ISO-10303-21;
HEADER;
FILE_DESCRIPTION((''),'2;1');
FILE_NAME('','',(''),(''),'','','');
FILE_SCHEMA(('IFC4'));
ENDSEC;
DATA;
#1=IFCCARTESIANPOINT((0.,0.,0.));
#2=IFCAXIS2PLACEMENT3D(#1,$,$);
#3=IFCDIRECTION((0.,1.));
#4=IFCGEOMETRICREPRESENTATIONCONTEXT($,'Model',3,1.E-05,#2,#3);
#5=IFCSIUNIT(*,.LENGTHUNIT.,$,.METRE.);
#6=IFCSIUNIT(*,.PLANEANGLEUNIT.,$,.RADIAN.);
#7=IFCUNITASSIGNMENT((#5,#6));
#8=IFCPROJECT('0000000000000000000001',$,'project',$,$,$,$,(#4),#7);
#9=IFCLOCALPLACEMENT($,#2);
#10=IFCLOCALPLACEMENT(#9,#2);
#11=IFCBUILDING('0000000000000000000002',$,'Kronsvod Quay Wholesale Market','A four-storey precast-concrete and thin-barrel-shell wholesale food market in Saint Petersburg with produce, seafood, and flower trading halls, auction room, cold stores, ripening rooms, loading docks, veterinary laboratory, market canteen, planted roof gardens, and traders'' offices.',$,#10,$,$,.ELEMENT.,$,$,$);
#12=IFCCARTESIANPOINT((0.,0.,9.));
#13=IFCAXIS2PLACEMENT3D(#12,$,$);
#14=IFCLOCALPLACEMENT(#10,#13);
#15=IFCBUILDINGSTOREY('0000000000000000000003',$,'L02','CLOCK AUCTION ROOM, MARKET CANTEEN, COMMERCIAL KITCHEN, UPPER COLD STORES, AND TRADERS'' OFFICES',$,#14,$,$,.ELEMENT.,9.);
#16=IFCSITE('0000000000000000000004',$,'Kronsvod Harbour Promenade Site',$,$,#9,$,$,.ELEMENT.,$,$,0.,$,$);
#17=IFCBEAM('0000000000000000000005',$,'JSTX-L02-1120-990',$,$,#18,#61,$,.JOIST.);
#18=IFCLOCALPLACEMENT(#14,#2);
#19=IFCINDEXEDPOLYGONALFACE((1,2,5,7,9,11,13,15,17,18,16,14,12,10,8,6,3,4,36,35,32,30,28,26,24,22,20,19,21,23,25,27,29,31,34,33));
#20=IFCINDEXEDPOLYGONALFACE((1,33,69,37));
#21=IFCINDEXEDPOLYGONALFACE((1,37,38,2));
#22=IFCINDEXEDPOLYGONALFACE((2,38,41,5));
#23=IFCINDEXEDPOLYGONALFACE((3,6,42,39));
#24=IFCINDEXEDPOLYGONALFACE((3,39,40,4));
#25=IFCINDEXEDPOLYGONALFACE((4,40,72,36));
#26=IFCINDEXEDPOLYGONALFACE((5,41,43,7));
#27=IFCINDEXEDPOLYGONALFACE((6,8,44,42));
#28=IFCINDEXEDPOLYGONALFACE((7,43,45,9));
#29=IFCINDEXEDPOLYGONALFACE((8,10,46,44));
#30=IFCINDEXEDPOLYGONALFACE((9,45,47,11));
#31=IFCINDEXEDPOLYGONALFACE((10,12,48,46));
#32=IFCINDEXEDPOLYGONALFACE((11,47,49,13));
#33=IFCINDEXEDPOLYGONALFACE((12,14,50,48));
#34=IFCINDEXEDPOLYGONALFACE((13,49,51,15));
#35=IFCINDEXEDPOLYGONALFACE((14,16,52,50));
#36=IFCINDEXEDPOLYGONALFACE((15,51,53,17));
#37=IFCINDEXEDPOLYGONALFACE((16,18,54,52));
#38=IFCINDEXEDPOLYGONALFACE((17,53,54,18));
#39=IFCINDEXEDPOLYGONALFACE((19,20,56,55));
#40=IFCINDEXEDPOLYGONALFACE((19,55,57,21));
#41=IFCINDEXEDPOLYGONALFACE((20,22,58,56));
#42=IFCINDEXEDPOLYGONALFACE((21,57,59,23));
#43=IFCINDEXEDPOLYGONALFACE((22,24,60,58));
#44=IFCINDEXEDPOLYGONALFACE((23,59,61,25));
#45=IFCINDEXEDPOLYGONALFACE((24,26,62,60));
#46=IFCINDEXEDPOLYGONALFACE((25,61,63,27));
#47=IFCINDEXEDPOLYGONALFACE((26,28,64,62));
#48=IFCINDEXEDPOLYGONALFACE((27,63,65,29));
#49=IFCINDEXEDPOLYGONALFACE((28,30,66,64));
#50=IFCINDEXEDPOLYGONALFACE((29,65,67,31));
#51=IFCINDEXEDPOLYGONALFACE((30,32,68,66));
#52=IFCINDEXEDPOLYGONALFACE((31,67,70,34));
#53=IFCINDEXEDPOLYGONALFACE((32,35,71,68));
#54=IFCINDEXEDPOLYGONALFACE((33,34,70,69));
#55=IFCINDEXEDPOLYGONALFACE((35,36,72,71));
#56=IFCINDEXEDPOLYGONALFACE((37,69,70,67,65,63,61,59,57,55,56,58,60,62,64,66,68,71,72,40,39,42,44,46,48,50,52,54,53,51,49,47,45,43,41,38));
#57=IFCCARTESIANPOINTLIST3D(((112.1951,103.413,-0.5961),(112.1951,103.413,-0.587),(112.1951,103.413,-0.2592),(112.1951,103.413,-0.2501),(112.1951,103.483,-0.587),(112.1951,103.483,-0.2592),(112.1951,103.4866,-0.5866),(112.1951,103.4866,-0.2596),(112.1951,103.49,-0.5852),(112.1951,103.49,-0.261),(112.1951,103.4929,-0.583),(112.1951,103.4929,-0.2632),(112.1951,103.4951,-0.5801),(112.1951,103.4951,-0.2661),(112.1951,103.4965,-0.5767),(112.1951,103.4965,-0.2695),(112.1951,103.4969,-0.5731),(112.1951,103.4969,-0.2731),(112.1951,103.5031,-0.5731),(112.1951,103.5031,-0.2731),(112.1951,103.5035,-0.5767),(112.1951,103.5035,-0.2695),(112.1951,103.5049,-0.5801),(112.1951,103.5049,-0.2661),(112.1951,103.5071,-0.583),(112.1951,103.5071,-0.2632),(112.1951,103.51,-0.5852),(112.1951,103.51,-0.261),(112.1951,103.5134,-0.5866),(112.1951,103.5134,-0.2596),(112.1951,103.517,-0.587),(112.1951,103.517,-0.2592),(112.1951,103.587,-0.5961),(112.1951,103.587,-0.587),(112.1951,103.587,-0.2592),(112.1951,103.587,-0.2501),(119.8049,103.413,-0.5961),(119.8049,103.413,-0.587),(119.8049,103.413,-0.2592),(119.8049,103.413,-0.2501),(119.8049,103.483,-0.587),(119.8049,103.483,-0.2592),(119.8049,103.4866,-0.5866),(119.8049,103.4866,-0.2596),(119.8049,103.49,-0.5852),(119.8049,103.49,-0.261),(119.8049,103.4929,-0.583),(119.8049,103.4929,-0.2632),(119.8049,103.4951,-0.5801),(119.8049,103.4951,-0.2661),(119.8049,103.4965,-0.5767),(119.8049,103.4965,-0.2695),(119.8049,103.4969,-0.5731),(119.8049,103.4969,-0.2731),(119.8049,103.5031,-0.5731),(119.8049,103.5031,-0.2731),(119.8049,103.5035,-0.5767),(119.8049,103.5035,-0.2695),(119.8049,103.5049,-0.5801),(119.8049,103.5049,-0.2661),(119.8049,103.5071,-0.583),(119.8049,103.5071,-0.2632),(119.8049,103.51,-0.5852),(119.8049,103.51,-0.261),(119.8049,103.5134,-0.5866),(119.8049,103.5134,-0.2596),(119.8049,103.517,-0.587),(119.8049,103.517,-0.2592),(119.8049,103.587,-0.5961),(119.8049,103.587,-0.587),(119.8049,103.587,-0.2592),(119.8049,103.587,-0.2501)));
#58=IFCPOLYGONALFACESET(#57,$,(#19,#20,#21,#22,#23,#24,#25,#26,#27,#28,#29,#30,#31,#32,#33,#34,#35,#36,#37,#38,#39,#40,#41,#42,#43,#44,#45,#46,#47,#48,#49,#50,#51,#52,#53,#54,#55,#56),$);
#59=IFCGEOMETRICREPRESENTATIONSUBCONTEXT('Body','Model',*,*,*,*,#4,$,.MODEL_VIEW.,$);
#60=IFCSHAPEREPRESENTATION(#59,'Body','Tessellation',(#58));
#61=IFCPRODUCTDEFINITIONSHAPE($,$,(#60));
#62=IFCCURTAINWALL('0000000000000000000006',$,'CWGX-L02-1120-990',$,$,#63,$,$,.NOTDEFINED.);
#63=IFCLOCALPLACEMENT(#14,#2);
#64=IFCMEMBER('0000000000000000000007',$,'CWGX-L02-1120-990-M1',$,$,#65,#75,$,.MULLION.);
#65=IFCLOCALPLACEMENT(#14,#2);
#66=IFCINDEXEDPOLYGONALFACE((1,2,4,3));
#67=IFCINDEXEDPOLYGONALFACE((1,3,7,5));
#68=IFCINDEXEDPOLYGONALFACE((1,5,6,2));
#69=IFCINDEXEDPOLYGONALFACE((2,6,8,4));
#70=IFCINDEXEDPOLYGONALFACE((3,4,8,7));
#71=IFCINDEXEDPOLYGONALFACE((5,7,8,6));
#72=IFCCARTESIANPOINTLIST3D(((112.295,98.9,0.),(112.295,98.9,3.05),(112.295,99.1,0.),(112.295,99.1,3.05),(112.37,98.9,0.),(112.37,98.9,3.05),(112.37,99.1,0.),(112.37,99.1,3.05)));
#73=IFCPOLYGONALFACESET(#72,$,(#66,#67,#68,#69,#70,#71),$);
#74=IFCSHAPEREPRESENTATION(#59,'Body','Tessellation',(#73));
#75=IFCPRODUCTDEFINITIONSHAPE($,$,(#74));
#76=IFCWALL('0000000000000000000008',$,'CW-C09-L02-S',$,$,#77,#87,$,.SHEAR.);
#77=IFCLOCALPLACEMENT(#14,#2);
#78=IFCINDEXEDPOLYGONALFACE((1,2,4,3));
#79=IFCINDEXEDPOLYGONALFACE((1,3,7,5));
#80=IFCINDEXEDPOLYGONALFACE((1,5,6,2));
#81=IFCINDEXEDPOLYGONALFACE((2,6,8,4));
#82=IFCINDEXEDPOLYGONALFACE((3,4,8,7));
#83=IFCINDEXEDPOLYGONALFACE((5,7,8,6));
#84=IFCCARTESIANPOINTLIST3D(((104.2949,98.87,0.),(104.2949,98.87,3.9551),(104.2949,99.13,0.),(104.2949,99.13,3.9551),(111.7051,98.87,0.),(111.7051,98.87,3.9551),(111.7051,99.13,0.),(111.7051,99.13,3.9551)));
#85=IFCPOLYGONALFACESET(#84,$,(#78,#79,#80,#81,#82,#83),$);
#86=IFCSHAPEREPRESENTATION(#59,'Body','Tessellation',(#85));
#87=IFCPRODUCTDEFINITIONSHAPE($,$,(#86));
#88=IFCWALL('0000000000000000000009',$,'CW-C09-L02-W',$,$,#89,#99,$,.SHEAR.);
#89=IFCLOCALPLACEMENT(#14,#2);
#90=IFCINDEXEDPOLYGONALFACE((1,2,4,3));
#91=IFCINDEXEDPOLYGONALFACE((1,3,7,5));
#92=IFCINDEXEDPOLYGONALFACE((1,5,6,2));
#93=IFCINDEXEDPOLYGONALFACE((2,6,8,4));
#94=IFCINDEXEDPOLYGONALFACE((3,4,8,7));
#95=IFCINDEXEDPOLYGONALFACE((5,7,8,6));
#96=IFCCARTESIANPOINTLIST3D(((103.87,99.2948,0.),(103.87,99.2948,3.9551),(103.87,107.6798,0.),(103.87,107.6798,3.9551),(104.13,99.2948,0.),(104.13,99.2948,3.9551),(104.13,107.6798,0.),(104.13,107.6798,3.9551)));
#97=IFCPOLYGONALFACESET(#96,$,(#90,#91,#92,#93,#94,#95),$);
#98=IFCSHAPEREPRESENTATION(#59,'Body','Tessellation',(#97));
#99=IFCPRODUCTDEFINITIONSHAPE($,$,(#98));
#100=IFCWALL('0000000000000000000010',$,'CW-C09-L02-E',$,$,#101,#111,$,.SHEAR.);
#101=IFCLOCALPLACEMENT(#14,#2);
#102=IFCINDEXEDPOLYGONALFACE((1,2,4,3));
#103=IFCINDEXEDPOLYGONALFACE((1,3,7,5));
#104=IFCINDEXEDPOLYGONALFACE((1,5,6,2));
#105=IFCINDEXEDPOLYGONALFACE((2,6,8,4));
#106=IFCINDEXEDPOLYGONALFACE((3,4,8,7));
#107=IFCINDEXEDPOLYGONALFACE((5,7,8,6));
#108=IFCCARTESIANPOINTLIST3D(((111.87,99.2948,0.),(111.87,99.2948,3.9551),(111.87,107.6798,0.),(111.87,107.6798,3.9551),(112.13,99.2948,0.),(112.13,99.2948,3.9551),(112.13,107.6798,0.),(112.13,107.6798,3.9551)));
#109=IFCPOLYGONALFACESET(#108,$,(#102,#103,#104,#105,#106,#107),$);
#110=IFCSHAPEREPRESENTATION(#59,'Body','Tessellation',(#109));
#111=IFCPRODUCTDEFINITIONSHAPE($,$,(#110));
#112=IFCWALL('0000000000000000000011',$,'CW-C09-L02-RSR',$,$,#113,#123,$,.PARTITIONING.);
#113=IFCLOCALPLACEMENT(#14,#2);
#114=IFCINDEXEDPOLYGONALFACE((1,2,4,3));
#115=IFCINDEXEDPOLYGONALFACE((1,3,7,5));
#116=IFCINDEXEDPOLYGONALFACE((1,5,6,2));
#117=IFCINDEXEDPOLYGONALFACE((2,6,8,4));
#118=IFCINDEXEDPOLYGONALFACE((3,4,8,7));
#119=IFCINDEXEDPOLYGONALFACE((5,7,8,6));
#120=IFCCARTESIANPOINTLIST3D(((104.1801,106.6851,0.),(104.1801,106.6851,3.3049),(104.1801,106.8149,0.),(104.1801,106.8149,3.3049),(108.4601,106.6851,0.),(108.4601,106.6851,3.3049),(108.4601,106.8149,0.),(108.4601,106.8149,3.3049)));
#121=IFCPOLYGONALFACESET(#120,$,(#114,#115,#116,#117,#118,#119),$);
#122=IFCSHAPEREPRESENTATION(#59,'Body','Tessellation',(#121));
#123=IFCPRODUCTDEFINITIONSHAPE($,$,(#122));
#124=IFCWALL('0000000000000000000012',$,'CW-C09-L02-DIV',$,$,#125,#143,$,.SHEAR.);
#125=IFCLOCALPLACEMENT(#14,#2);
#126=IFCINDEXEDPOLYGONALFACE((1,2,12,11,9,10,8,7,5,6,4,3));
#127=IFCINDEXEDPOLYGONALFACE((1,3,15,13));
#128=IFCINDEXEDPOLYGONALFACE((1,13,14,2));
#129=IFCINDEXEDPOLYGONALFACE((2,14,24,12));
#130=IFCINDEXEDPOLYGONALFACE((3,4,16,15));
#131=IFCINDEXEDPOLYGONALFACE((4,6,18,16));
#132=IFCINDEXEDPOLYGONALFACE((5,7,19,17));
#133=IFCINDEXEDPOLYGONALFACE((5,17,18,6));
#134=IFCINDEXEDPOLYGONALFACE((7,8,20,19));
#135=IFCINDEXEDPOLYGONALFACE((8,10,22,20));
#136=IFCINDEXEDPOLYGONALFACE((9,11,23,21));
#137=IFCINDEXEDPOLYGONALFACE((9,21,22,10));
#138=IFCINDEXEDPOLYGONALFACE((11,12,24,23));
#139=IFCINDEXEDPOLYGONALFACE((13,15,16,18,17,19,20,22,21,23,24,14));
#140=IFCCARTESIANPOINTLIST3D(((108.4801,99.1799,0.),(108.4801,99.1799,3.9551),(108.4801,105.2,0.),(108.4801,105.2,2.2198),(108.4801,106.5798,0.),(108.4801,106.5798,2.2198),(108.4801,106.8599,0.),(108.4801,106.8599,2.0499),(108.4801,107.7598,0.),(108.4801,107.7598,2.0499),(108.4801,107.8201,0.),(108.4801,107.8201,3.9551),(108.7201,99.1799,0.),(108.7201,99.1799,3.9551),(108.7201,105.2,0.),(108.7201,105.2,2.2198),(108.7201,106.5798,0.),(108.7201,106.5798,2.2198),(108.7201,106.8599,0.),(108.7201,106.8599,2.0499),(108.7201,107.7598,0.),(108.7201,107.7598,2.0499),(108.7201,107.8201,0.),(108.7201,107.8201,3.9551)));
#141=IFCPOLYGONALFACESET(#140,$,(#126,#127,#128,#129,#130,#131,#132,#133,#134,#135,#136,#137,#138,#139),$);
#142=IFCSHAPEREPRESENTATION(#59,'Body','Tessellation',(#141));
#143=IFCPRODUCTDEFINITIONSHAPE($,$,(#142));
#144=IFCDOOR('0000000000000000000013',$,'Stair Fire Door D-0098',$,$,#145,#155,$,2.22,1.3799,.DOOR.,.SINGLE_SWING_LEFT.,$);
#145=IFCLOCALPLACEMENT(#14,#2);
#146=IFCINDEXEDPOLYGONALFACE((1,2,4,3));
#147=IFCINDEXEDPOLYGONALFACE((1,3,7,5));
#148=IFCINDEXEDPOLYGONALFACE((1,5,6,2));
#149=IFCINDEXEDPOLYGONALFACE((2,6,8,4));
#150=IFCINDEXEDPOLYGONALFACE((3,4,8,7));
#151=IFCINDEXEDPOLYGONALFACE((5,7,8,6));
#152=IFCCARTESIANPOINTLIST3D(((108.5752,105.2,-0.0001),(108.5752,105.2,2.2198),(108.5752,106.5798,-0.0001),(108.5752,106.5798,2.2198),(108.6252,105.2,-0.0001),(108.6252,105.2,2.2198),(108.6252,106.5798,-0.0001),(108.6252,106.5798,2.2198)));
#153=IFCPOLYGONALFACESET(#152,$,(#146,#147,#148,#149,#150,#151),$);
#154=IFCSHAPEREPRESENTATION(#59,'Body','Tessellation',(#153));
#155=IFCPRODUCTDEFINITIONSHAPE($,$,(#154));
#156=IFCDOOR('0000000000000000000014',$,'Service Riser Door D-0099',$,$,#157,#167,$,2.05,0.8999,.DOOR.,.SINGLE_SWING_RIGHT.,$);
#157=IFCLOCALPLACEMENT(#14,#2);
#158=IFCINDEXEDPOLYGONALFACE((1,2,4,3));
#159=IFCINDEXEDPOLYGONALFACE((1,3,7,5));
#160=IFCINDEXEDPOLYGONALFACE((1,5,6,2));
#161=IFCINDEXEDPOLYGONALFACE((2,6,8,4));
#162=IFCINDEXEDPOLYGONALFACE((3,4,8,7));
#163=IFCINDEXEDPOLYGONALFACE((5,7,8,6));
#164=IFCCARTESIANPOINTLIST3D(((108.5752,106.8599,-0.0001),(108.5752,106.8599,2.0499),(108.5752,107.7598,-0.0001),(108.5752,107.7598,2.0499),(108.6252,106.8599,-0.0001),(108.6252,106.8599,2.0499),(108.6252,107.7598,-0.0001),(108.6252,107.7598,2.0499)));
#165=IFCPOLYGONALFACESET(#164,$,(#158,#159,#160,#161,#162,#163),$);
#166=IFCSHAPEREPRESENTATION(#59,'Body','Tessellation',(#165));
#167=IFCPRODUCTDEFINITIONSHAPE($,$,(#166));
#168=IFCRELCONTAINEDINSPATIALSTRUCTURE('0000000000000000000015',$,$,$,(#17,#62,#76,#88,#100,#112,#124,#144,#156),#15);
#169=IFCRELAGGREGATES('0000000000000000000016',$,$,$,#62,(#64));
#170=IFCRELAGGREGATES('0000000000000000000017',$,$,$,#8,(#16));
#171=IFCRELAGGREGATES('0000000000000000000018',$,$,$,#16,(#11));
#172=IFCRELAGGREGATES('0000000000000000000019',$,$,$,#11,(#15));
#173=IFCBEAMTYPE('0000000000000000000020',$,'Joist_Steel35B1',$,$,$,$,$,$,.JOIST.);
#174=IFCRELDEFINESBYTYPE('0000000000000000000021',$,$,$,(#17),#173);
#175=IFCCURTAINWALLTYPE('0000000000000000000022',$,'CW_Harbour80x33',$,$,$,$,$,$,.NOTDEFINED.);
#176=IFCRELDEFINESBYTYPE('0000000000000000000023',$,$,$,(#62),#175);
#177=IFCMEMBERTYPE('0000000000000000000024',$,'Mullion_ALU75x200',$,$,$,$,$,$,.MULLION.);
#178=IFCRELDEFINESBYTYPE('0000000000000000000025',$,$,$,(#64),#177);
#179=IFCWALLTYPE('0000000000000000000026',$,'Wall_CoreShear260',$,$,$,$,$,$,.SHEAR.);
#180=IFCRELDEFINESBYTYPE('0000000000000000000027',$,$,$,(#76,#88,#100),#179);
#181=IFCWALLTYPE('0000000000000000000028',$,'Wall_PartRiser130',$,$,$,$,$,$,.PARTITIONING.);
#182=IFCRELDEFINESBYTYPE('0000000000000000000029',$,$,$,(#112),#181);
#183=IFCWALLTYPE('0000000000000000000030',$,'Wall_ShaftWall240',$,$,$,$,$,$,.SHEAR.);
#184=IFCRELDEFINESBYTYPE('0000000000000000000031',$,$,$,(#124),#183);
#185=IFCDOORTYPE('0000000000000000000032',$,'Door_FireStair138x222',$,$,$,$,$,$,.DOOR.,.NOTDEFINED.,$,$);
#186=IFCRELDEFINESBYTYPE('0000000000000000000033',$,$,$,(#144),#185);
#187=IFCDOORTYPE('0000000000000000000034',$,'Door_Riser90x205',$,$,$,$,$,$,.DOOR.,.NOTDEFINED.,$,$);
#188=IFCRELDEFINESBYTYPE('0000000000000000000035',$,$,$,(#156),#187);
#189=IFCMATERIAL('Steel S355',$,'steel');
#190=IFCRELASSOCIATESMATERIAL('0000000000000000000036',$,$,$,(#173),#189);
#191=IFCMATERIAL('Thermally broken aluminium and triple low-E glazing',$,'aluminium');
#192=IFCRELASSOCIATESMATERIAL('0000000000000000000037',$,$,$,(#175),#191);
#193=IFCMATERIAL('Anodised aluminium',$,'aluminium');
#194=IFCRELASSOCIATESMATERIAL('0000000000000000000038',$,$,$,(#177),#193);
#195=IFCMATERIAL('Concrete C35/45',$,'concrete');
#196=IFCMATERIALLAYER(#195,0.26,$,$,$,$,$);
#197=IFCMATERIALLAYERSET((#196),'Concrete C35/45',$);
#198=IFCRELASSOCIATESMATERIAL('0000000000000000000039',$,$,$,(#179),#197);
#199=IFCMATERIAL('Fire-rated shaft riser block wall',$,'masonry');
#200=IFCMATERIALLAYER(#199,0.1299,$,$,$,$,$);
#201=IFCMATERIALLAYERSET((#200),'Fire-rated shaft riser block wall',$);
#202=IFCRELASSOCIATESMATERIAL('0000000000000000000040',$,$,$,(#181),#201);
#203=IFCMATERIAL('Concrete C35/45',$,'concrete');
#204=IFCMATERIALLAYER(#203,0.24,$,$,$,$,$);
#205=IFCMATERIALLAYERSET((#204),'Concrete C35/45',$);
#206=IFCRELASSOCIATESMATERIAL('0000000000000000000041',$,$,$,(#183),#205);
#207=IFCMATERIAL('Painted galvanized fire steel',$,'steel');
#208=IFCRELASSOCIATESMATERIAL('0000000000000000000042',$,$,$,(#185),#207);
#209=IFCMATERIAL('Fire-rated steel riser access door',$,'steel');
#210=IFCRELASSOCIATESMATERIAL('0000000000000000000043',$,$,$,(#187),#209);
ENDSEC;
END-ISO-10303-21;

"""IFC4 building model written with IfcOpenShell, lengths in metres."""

from ifc_helpers import new_model, si_unit, direction, frame, frame_2d, origin, origin_2d, place, context, subcontext, project, spatial, rectangle, i_section, extrude, material, layer, layer_set, material_profile, profile_set, type_object, element, fill, aggregate, save


model = new_model("IFC4")

# Units and contexts
model_context = context("Model", 3, precision=1e-05, world=origin(), true_north=direction((0.0, 1.0)))
body_context = subcontext(model_context, "Body", "Model", "MODEL_VIEW")
ifc_project = project(units=[si_unit("LENGTHUNIT", "METRE"), si_unit("PLANEANGLEUNIT", "RADIAN")], contexts=[model_context])

# Site, building, storey
site_placement = place(None, origin())
site = spatial("IfcSite", under=ifc_project, at=site_placement, Name="Kronsvod Harbour Promenade Site", CompositionType="ELEMENT", RefElevation=0.0)
building_placement = place(site_placement, origin())
building = spatial("IfcBuilding", under=site, at=building_placement, Name="Kronsvod Quay Wholesale Market", Description="A four-storey precast-concrete and thin-barrel-shell wholesale food market in Saint Petersburg with produce, seafood, and flower trading halls, auction room, cold stores, ripening rooms, loading docks, veterinary laboratory, market canteen, planted roof gardens, and traders' offices.", CompositionType="ELEMENT")
storey_placement = place(building_placement, frame((0.0, 0.0, 9.0)))
storey = spatial("IfcBuildingStorey", under=building, at=storey_placement, Name="L02", Description="CLOCK AUCTION ROOM, MARKET CANTEEN, COMMERCIAL KITCHEN, UPPER COLD STORES, AND TRADERS' OFFICES", CompositionType="ELEMENT", Elevation=9.0)

# Beam
ifc_material_1 = material(Name="Steel S355", Category="steel")
ifc_material_profile_1 = material_profile(ifc_material_1, i_section(OverallWidth=0.1741, OverallDepth=0.3459, WebThickness=0.0061, FlangeThickness=0.009, FilletRadius=0.0139, at=origin_2d()), Name="35B1")
ifc_profile_set_1 = profile_set([ifc_material_profile_1], Name="Steel S355")
beam_type_1 = type_object("IfcBeamType", Name="Joist_Steel35B1", PredefinedType="JOIST", material=ifc_profile_set_1)
beam_1_placement = place(storey_placement, frame((112.1951, 103.5, -0.4231), z_axis=(1.0, 0.0, 0.0), x_axis=(0.0, 1.0, 0.0)))
element("IfcBeam", 1, at=beam_1_placement, inside=storey, type_object=beam_type_1, Name="JSTX-L02-1120-990", PredefinedType="JOIST", context=body_context, shape_type="SweptSolid", body=[
    extrude(i_section(OverallWidth=0.1741, OverallDepth=0.3459, WebThickness=0.0061, FlangeThickness=0.009, FilletRadius=0.0139, at=origin_2d()), origin(), (0.0, 0.0, 1.0), 7.6099),
])

# Curtain wall, member
ifc_material_2 = material(Name="Thermally broken aluminium and triple low-E glazing", Category="aluminium")
curtain_wall_type = type_object("IfcCurtainWallType", Name="CW_Harbour80x33", PredefinedType="NOTDEFINED", material=ifc_material_2)
curtain_wall_placement = place(storey_placement, origin())
curtain_wall = element("IfcCurtainWall", 2, at=curtain_wall_placement, inside=storey, type_object=curtain_wall_type, Name="CWGX-L02-1120-990", PredefinedType="NOTDEFINED")
ifc_material_3 = material(Name="Anodised aluminium", Category="aluminium")
ifc_material_profile_2 = material_profile(ifc_material_3, rectangle(XDim=0.075, YDim=0.2, at=origin_2d()), Name="ALUM75x200")
ifc_profile_set_2 = profile_set([ifc_material_profile_2], Name="Anodised aluminium")
member_type = type_object("IfcMemberType", Name="Mullion_ALU75x200", PredefinedType="MULLION", material=ifc_profile_set_2)
member_placement = place(storey_placement, frame((112.3325, 99.0, 0.0), z_axis=(0.0, 0.0, 1.0), x_axis=(1.0, 0.0, 0.0)))
member = element("IfcMember", 3, at=member_placement, type_object=member_type, Name="CWGX-L02-1120-990-M1", PredefinedType="MULLION", context=body_context, shape_type="SweptSolid", body=[
    extrude(rectangle(XDim=0.075, YDim=0.2, at=origin_2d()), origin(), (0.0, 0.0, 1.0), 3.05),
])
aggregate(curtain_wall, [member])

# Walls
ifc_material_4 = material(Name="Concrete C35/45", Category="concrete")
ifc_layer_1 = layer(ifc_material_4, 0.26)
ifc_layer_set_1 = layer_set([ifc_layer_1], Name="Concrete C35/45")
wall_type_1 = type_object("IfcWallType", Name="Wall_CoreShear260", PredefinedType="SHEAR", material=ifc_layer_set_1)
wall_1_placement = place(storey_placement, frame((104.2949, 99.0, 0.0), z_axis=(0.0, 0.0, 1.0), x_axis=(1.0, 0.0, 0.0)))
element("IfcWall", 4, at=wall_1_placement, inside=storey, type_object=wall_type_1, Name="CW-C09-L02-S", PredefinedType="SHEAR", context=body_context, shape_type="SweptSolid", body=[
    extrude(rectangle(XDim=7.4102, YDim=0.26, at=frame_2d((3.7051, 0.0))), origin(), (0.0, 0.0, 1.0), 3.9551),
])
for number, where, z_axis, x_axis, name in (
    (5, (104.0, 99.2949, 0.0), (0.0, 0.0, 1.0), (0.0, 1.0, 0.0), "CW-C09-L02-W"),
    (6, (112.0, 99.2949, 0.0), (0.0, 0.0, 1.0), (0.0, 1.0, 0.0), "CW-C09-L02-E"),
):
    element("IfcWall", number, at=place(storey_placement, frame(where, z_axis=z_axis, x_axis=x_axis)), inside=storey, type_object=wall_type_1, Name=name, PredefinedType="SHEAR", context=body_context, shape_type="SweptSolid", body=[
        extrude(rectangle(XDim=8.385, YDim=0.26, at=frame_2d((4.1924, 0.0))), origin(), (0.0, 0.0, 1.0), 3.9551),
    ])
ifc_material_5 = material(Name="Fire-rated shaft riser block wall", Category="masonry")
ifc_layer_2 = layer(ifc_material_5, 0.1299)
ifc_layer_set_2 = layer_set([ifc_layer_2], Name="Fire-rated shaft riser block wall")
wall_type_2 = type_object("IfcWallType", Name="Wall_PartRiser130", PredefinedType="PARTITIONING", material=ifc_layer_set_2)
wall_2_placement = place(storey_placement, frame((104.1799, 106.75, 0.0), z_axis=(0.0, 0.0, 1.0), x_axis=(1.0, 0.0, 0.0)))
element("IfcWall", 7, at=wall_2_placement, inside=storey, type_object=wall_type_2, Name="CW-C09-L02-RSR", PredefinedType="PARTITIONING", context=body_context, shape_type="SweptSolid", body=[
    extrude(rectangle(XDim=4.28, YDim=0.1299, at=frame_2d((2.1401, 0.0))), origin(), (0.0, 0.0, 1.0), 3.3049),
])

# Wall, openings, doors
ifc_material_6 = material(Name="Concrete C35/45", Category="concrete")
ifc_layer_3 = layer(ifc_material_6, 0.24)
ifc_layer_set_3 = layer_set([ifc_layer_3], Name="Concrete C35/45")
wall_type_3 = type_object("IfcWallType", Name="Wall_ShaftWall240", PredefinedType="SHEAR", material=ifc_layer_set_3)
wall_3_placement = place(storey_placement, frame((108.6001, 99.1799, 0.0), z_axis=(0.0, 0.0, 1.0), x_axis=(0.0, 1.0, 0.0)))
wall_3 = element("IfcWall", 8, at=wall_3_placement, inside=storey, type_object=wall_type_3, Name="CW-C09-L02-DIV", PredefinedType="SHEAR", context=body_context, shape_type="SweptSolid", body=[
    extrude(rectangle(XDim=8.6401, YDim=0.24, at=frame_2d((4.3201, 0.0))), origin(), (0.0, 0.0, 1.0), 3.9551),
])
opening_1_placement = place(wall_3_placement, frame((6.02, 0.0, 0.0)))
opening_1 = element("IfcOpeningElement", 9, at=opening_1_placement, cuts=wall_3, PredefinedType="OPENING", context=body_context, shape_type="SweptSolid", body=[
    extrude(rectangle(XDim=1.3799, YDim=2.22, at=frame_2d((0.6899, 1.1099))), frame((0.0, 0.1299, 0.0), z_axis=(0.0, -1.0, 0.0), x_axis=(1.0, 0.0, 0.0)), (0.0, 0.0, 1.0), 0.26),
])
opening_2_placement = place(wall_3_placement, frame((7.6799, 0.0, 0.0)))
opening_2 = element("IfcOpeningElement", 10, at=opening_2_placement, cuts=wall_3, PredefinedType="OPENING", context=body_context, shape_type="SweptSolid", body=[
    extrude(rectangle(XDim=0.8999, YDim=2.05, at=frame_2d((0.45, 1.0249))), frame((0.0, 0.1299, 0.0), z_axis=(0.0, -1.0, 0.0), x_axis=(1.0, 0.0, 0.0)), (0.0, 0.0, 1.0), 0.26),
])
ifc_material_7 = material(Name="Painted galvanized fire steel", Category="steel")
door_type_1 = type_object("IfcDoorType", Name="Door_FireStair138x222", OperationType="NOTDEFINED", PredefinedType="DOOR", material=ifc_material_7)
door_1_placement = place(opening_1_placement, origin())
door_1 = element("IfcDoor", 11, at=door_1_placement, inside=storey, type_object=door_type_1, Name="Stair Fire Door D-0098", OperationType="SINGLE_SWING_LEFT", OverallHeight=2.22, OverallWidth=1.3799, PredefinedType="DOOR", context=body_context, shape_type="SweptSolid", body=[
    extrude(rectangle(XDim=1.3799, YDim=2.22, at=frame_2d((0.6899, 1.1099))), frame((0.0, 0.0249, 0.0), z_axis=(0.0, -1.0, 0.0), x_axis=(1.0, 0.0, 0.0)), (0.0, 0.0, 1.0), 0.05),
])
fill(opening_1, door_1)
ifc_material_8 = material(Name="Fire-rated steel riser access door", Category="steel")
door_type_2 = type_object("IfcDoorType", Name="Door_Riser90x205", OperationType="NOTDEFINED", PredefinedType="DOOR", material=ifc_material_8)
door_2_placement = place(opening_2_placement, origin())
door_2 = element("IfcDoor", 12, at=door_2_placement, inside=storey, type_object=door_type_2, Name="Service Riser Door D-0099", OperationType="SINGLE_SWING_RIGHT", OverallHeight=2.05, OverallWidth=0.8999, PredefinedType="DOOR", context=body_context, shape_type="SweptSolid", body=[
    extrude(rectangle(XDim=0.8999, YDim=2.05, at=frame_2d((0.45, 1.0249))), frame((0.0, 0.0249, 0.0), z_axis=(0.0, -1.0, 0.0), x_axis=(1.0, 0.0, 0.0)), (0.0, 0.0, 1.0), 0.05),
])
fill(opening_2, door_2)

save(model, "model.ifc")
